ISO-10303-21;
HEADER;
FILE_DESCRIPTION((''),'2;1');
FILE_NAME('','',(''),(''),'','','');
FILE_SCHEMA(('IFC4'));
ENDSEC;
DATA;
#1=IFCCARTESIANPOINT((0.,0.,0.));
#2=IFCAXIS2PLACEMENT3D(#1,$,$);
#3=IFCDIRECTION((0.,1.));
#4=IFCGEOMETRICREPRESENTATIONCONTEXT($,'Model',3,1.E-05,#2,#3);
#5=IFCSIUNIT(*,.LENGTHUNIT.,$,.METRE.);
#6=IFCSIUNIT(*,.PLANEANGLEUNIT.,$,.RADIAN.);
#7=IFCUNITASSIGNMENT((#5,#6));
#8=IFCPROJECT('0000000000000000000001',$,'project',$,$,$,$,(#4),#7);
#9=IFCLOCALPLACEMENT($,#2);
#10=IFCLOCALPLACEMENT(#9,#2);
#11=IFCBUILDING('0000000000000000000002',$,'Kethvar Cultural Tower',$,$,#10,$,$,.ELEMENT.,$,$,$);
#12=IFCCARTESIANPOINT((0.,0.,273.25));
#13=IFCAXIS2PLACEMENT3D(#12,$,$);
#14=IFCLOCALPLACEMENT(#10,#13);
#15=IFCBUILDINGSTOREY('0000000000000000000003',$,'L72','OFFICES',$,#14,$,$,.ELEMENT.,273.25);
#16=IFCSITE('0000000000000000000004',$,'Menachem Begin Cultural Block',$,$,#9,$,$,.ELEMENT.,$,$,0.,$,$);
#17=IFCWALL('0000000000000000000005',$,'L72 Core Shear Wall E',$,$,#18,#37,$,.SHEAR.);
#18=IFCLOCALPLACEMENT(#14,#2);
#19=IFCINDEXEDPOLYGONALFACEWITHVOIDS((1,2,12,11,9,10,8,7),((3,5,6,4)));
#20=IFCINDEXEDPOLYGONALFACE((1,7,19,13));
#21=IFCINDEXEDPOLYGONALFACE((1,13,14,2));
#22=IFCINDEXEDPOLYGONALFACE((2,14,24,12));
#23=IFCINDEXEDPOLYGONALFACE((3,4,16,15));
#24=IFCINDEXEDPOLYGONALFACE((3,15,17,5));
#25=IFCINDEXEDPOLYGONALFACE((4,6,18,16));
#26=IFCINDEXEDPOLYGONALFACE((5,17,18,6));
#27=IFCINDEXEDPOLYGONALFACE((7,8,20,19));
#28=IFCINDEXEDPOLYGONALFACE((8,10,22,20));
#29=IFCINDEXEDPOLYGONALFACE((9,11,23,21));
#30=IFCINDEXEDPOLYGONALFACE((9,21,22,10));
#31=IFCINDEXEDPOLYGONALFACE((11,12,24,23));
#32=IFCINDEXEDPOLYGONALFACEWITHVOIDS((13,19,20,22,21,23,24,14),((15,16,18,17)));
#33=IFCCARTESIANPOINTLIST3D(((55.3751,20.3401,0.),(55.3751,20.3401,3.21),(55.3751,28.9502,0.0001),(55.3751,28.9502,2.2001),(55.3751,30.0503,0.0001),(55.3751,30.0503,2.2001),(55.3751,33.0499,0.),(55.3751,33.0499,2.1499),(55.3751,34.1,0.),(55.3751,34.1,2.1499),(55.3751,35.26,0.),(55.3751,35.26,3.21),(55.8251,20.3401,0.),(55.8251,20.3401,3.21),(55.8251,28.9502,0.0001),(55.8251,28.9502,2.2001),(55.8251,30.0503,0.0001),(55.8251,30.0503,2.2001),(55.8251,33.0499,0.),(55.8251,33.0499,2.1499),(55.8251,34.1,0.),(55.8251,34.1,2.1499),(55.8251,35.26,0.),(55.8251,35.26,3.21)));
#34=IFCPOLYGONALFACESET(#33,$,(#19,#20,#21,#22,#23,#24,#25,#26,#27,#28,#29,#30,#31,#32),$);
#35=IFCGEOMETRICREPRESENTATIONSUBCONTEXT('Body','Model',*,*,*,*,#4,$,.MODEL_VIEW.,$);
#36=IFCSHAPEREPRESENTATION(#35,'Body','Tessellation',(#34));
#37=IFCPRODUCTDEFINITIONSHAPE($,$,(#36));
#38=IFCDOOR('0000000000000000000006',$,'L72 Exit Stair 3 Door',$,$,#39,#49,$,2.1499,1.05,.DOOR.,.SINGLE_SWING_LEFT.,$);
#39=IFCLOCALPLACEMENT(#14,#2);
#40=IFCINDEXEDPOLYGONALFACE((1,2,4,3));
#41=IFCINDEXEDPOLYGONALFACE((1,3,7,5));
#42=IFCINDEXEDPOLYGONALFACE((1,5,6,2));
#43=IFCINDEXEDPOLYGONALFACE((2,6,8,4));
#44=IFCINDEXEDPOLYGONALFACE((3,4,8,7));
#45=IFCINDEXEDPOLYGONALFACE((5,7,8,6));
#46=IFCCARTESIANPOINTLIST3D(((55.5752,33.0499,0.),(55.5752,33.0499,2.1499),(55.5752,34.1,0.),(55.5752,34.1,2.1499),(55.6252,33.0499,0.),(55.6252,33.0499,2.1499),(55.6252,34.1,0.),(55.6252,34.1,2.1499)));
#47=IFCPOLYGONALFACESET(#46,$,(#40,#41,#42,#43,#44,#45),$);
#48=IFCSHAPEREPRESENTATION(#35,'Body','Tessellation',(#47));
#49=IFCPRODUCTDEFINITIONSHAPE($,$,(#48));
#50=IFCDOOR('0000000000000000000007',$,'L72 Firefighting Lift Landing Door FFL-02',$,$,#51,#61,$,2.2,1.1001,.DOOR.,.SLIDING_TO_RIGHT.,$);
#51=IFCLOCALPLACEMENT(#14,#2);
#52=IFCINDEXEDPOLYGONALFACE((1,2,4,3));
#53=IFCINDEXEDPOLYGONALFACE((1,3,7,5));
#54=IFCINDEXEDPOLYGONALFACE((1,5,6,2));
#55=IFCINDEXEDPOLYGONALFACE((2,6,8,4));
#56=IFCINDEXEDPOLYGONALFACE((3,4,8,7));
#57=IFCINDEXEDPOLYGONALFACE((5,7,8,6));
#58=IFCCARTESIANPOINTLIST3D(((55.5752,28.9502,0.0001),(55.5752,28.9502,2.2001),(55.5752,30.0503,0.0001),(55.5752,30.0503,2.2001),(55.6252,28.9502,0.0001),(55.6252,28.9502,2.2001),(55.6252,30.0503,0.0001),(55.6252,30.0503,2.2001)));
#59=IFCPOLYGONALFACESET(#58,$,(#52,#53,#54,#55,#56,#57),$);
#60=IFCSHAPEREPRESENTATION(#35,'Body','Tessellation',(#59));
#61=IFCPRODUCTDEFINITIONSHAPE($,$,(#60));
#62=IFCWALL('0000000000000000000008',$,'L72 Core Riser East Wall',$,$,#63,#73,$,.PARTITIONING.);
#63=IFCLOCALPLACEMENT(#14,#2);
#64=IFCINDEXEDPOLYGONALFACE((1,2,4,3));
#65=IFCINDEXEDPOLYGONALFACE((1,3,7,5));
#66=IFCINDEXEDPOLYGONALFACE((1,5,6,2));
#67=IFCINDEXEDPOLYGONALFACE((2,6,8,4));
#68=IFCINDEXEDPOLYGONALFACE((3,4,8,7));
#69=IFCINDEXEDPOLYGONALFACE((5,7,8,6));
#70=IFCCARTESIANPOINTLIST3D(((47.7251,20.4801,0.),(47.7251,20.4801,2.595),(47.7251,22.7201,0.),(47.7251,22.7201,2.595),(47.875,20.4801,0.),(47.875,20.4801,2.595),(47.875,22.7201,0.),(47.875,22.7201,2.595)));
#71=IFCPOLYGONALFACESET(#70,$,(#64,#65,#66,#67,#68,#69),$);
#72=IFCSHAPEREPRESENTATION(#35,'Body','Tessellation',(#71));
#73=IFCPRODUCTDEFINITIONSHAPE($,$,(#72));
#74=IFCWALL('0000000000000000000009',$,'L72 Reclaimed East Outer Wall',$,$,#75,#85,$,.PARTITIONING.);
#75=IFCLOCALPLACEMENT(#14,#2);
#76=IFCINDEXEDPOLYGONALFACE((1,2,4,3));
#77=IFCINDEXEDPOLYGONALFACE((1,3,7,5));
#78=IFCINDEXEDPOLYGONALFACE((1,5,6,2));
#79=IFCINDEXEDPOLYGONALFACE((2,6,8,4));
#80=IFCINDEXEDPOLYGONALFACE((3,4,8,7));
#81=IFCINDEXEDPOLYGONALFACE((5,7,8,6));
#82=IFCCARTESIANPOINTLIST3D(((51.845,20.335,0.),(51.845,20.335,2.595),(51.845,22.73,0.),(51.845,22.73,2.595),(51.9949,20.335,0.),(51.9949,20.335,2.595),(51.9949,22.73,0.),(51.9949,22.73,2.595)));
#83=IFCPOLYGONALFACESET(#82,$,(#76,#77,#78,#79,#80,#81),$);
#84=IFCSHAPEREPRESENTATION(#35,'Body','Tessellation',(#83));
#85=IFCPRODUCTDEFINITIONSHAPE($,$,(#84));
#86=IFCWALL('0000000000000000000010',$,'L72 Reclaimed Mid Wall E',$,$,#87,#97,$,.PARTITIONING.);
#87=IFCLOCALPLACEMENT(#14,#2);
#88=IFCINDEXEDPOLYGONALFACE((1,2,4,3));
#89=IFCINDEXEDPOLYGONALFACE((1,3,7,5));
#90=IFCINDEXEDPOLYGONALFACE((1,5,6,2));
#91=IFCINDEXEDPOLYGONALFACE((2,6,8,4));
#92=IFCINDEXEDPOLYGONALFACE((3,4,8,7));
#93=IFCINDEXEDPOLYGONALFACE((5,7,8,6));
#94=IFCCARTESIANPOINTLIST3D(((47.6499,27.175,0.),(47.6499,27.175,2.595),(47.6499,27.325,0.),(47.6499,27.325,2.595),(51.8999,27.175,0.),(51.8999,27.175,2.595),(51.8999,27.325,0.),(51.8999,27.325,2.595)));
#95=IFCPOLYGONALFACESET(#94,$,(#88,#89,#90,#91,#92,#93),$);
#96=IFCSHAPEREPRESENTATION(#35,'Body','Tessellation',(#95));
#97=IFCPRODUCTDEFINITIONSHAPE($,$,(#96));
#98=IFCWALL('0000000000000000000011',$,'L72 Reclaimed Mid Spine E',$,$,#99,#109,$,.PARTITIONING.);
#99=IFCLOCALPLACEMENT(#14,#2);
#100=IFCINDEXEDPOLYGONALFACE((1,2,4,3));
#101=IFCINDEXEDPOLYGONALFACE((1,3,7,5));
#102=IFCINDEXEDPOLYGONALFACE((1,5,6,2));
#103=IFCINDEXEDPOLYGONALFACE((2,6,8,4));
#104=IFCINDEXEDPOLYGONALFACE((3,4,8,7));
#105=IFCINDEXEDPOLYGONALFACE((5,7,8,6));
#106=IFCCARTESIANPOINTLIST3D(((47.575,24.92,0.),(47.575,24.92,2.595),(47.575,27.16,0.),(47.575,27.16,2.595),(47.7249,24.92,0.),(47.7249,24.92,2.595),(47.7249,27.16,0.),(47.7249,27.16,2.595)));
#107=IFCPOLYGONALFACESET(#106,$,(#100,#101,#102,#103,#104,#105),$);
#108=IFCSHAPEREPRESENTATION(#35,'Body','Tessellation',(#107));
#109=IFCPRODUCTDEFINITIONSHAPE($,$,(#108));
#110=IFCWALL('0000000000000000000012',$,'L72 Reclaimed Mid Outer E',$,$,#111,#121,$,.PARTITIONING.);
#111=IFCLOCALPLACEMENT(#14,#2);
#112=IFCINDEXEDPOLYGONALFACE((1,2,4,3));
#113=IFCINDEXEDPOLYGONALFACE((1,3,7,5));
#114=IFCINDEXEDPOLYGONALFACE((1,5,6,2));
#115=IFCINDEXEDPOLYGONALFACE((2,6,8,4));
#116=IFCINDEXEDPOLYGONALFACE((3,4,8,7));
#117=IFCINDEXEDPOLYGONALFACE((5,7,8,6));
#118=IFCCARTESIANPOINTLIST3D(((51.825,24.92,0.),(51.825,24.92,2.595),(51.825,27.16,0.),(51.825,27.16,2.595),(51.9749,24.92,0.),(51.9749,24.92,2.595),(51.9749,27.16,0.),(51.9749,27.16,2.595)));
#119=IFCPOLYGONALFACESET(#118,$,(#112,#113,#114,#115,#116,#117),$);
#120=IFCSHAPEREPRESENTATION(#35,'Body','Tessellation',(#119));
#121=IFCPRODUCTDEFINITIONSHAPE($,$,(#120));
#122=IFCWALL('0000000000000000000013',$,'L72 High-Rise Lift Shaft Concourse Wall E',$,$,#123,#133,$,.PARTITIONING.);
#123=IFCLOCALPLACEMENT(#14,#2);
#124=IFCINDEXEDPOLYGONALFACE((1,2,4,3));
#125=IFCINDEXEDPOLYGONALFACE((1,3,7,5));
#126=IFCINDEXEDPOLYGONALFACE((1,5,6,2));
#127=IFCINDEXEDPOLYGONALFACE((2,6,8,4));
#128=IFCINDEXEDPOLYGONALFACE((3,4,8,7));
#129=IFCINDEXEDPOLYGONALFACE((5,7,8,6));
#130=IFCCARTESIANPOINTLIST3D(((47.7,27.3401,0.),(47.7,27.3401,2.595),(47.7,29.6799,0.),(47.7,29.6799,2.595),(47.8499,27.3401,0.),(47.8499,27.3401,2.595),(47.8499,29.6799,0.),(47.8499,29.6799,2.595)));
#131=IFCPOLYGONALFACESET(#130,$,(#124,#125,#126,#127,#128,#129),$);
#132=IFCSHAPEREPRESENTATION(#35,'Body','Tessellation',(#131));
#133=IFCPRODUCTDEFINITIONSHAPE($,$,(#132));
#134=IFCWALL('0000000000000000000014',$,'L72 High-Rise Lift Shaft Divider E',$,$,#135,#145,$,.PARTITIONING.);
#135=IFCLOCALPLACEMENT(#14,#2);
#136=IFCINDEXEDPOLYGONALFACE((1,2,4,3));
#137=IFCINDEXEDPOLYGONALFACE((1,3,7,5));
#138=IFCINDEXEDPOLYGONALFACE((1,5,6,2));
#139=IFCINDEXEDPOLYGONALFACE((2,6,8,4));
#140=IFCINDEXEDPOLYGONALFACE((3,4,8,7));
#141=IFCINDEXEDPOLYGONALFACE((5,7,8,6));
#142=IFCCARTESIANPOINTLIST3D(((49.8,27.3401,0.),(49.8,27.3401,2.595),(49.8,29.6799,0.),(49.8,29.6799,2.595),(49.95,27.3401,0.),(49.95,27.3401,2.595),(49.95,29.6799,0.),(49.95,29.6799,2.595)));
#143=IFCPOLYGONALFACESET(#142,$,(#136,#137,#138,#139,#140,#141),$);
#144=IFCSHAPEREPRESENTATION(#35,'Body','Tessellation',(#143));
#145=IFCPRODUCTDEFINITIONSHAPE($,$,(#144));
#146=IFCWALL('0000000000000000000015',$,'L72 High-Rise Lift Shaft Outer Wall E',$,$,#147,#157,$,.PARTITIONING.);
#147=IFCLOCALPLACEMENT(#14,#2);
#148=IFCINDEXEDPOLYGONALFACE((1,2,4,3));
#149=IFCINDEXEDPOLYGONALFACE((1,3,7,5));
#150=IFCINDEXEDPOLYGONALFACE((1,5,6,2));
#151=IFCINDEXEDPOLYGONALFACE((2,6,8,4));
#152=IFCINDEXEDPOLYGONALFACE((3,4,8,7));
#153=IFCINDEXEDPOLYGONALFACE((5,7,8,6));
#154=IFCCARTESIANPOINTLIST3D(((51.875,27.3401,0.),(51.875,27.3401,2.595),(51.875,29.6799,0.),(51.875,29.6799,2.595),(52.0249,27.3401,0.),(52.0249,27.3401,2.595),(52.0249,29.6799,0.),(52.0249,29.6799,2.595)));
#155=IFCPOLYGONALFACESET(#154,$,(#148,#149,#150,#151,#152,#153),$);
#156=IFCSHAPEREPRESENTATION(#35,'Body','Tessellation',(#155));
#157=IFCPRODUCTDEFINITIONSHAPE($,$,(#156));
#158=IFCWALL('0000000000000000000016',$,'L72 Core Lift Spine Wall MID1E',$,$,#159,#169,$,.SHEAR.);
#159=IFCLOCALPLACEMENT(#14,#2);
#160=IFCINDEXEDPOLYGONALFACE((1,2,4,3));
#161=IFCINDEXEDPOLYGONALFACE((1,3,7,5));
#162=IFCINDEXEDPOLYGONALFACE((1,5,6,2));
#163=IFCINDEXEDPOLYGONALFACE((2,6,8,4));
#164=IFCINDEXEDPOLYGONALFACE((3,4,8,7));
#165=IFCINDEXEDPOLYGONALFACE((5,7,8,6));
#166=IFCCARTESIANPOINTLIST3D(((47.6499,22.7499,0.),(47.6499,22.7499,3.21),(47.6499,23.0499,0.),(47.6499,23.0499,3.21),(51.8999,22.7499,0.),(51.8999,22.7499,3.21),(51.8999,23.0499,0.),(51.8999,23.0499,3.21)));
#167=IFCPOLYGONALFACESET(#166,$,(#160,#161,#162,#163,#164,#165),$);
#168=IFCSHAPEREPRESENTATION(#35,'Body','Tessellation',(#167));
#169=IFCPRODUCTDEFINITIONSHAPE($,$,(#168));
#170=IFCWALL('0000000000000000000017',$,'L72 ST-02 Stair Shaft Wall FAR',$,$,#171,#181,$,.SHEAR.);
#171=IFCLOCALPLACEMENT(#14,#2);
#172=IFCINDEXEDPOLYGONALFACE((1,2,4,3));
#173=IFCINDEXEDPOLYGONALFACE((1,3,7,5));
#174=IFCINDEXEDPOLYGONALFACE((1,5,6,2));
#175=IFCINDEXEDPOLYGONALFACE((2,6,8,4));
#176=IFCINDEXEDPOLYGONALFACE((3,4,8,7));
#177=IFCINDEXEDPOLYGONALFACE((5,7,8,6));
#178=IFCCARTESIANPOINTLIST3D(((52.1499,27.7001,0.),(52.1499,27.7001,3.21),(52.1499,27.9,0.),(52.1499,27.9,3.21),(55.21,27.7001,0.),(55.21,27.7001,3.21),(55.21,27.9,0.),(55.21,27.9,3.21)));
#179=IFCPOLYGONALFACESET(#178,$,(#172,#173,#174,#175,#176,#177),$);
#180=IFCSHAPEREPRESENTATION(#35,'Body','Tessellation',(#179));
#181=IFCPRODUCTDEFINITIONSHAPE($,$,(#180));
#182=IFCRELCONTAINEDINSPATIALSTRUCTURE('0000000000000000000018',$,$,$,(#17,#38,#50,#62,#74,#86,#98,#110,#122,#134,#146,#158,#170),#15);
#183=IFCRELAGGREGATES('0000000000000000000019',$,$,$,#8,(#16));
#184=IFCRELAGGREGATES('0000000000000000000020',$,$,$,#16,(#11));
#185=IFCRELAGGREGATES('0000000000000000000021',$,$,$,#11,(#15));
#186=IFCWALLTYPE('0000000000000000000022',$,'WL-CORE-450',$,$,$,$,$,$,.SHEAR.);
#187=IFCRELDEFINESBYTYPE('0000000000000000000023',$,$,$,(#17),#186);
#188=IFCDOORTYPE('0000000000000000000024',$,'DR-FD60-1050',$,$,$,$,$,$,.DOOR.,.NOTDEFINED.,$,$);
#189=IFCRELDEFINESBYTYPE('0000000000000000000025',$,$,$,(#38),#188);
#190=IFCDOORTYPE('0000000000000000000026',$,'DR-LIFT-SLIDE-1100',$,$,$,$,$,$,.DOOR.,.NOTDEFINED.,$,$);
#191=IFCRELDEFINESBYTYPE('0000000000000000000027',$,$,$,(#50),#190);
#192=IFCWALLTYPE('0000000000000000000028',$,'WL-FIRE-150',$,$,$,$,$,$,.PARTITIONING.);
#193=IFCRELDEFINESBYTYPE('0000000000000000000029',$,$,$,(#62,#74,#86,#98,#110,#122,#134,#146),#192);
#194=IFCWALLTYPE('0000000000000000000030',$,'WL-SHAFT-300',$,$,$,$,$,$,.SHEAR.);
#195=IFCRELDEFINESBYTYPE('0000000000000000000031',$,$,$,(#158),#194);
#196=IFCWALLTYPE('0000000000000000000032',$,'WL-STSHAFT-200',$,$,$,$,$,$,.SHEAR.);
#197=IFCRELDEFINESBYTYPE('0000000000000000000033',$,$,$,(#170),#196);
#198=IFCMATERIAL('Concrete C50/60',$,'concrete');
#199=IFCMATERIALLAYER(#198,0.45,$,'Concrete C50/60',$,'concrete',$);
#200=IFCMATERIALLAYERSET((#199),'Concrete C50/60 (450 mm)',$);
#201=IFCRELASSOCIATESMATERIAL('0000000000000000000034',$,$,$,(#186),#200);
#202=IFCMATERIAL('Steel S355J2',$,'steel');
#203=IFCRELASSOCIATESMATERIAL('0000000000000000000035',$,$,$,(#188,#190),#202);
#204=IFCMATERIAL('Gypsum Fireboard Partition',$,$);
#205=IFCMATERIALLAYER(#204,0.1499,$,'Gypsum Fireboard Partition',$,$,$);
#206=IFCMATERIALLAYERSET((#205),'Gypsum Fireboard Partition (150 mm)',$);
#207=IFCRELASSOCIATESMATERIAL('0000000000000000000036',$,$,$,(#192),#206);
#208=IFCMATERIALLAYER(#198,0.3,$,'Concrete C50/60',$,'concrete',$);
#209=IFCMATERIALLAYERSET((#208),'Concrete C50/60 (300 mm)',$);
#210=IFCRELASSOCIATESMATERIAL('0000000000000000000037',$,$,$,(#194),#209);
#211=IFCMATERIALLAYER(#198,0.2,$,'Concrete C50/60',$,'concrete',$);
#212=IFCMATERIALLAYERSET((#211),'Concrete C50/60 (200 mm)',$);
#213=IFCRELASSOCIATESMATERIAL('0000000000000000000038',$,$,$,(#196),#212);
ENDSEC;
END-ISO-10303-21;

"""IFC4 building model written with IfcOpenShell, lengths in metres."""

from ifc_helpers import new_model, si_unit, direction, frame, frame_2d, origin, place, context, subcontext, project, spatial, rectangle, extrude, source, transform, mapped, material, layer, layer_set, type_object, element, fill, save


model = new_model("IFC4")

# Units and contexts
model_context = context("Model", 3, precision=1e-05, world=origin(), true_north=direction((0.0, 1.0)))
body_context = subcontext(model_context, "Body", "Model", "MODEL_VIEW")
ifc_project = project(units=[si_unit("LENGTHUNIT", "METRE"), si_unit("PLANEANGLEUNIT", "RADIAN")], contexts=[model_context])

# Site, building, storey
site_placement = place(None, origin())
site = spatial("IfcSite", under=ifc_project, at=site_placement, Name="Menachem Begin Cultural Block", CompositionType="ELEMENT", RefElevation=0.0)
building_placement = place(site_placement, origin())
building = spatial("IfcBuilding", under=site, at=building_placement, Name="Kethvar Cultural Tower", CompositionType="ELEMENT")
storey_placement = place(building_placement, frame((0.0, 0.0, 273.25)))
storey = spatial("IfcBuildingStorey", under=building, at=storey_placement, Name="L72", Description="OFFICES", CompositionType="ELEMENT", Elevation=273.25)

# Shared definitions
ifc_material_1 = material(Name="Steel S355J2", Category="steel")

# Wall, openings, doors
ifc_material_2 = material(Name="Concrete C50/60", Category="concrete")
ifc_layer_1 = layer(ifc_material_2, 0.45, Name="Concrete C50/60", Category="concrete")
ifc_layer_set_1 = layer_set([ifc_layer_1], Name="Concrete C50/60 (450 mm)")
wall_type_1 = type_object("IfcWallType", Name="WL-CORE-450", PredefinedType="SHEAR", material=ifc_layer_set_1)
wall_1_placement = place(storey_placement, frame((55.6001, 20.3401, 0.0), z_axis=(0.0, 0.0, 1.0), x_axis=(0.0, 1.0, 0.0)))
wall_1 = element("IfcWall", 1, at=wall_1_placement, inside=storey, type_object=wall_type_1, Name="L72 Core Shear Wall E", PredefinedType="SHEAR", context=body_context, shape_type="SweptSolid", body=[
    extrude(rectangle(XDim=14.9199, YDim=0.45, at=frame_2d((7.46, 0.0))), origin(), (0.0, 0.0, 1.0), 3.21),
])
opening_1_placement = place(wall_1_placement, frame((12.71, 0.0, 0.0)))
opening_1 = element("IfcOpeningElement", 2, at=opening_1_placement, cuts=wall_1, PredefinedType="OPENING", context=body_context, shape_type="SweptSolid", body=[
    extrude(rectangle(XDim=1.05, YDim=2.1499, at=frame_2d((0.5249, 1.075))), frame((0.0, 0.2349, 0.0), z_axis=(0.0, -1.0, 0.0), x_axis=(1.0, 0.0, 0.0)), (0.0, 0.0, 1.0), 0.47),
])
opening_2_placement = place(wall_1_placement, frame((8.6101, 0.0, 0.0)))
opening_2 = element("IfcOpeningElement", 3, at=opening_2_placement, cuts=wall_1, PredefinedType="OPENING", context=body_context, shape_type="SweptSolid", body=[
    extrude(rectangle(XDim=1.1001, YDim=2.2, at=frame_2d((0.55, 1.1001))), frame((0.0, 0.2349, 0.0), z_axis=(0.0, -1.0, 0.0), x_axis=(1.0, 0.0, 0.0)), (0.0, 0.0, 1.0), 0.47),
])
door_type_1 = type_object("IfcDoorType", Name="DR-FD60-1050", OperationType="NOTDEFINED", PredefinedType="DOOR", material=ifc_material_1)
shared_shape_1 = source(origin(), body_context, "Body", "SweptSolid", [
    extrude(rectangle(XDim=1.05, YDim=2.1499, at=frame_2d((0.5249, 1.075))), frame((0.0, 0.0249, 0.0), z_axis=(0.0, -1.0, 0.0), x_axis=(1.0, 0.0, 0.0)), (0.0, 0.0, 1.0), 0.05),
])
door_1_placement = place(opening_1_placement, origin())
door_1 = element("IfcDoor", 4, at=door_1_placement, inside=storey, type_object=door_type_1, Name="L72 Exit Stair 3 Door", OperationType="SINGLE_SWING_LEFT", OverallHeight=2.1499, OverallWidth=1.05, PredefinedType="DOOR", context=body_context, shape_type="MappedRepresentation", body=[
    mapped(shared_shape_1, transform((0.0, 0.0, 0.0), scale=1.0)),
])
fill(opening_1, door_1)
door_type_2 = type_object("IfcDoorType", Name="DR-LIFT-SLIDE-1100", OperationType="NOTDEFINED", PredefinedType="DOOR", material=ifc_material_1)
shared_shape_2 = source(origin(), body_context, "Body", "SweptSolid", [
    extrude(rectangle(XDim=1.1001, YDim=2.2, at=frame_2d((0.55, 1.1001))), frame((0.0, 0.0249, 0.0), z_axis=(0.0, -1.0, 0.0), x_axis=(1.0, 0.0, 0.0)), (0.0, 0.0, 1.0), 0.05),
])
door_2_placement = place(opening_2_placement, origin())
door_2 = element("IfcDoor", 5, at=door_2_placement, inside=storey, type_object=door_type_2, Name="L72 Firefighting Lift Landing Door FFL-02", OperationType="SLIDING_TO_RIGHT", OverallHeight=2.2, OverallWidth=1.1001, PredefinedType="DOOR", context=body_context, shape_type="MappedRepresentation", body=[
    mapped(shared_shape_2, transform((0.0, 0.0, 0.0), scale=1.0)),
])
fill(opening_2, door_2)

# Walls
ifc_material_3 = material(Name="Gypsum Fireboard Partition")
ifc_layer_2 = layer(ifc_material_3, 0.1499, Name="Gypsum Fireboard Partition")
ifc_layer_set_2 = layer_set([ifc_layer_2], Name="Gypsum Fireboard Partition (150 mm)")
wall_type_2 = type_object("IfcWallType", Name="WL-FIRE-150", PredefinedType="PARTITIONING", material=ifc_layer_set_2)
wall_2_placement = place(storey_placement, frame((47.8, 20.48, 0.0), z_axis=(0.0, 0.0, 1.0), x_axis=(0.0, 1.0, 0.0)))
element("IfcWall", 6, at=wall_2_placement, inside=storey, type_object=wall_type_2, Name="L72 Core Riser East Wall", PredefinedType="PARTITIONING", context=body_context, shape_type="SweptSolid", body=[
    extrude(rectangle(XDim=2.24, YDim=0.1499, at=frame_2d((1.1201, 0.0))), origin(), (0.0, 0.0, 1.0), 2.595),
])
wall_3_placement = place(storey_placement, frame((51.9199, 20.335, 0.0), z_axis=(0.0, 0.0, 1.0), x_axis=(0.0, 1.0, 0.0)))
element("IfcWall", 7, at=wall_3_placement, inside=storey, type_object=wall_type_2, Name="L72 Reclaimed East Outer Wall", PredefinedType="PARTITIONING", context=body_context, shape_type="SweptSolid", body=[
    extrude(rectangle(XDim=2.395, YDim=0.1499, at=frame_2d((1.1975, 0.0))), origin(), (0.0, 0.0, 1.0), 2.595),
])
wall_4_placement = place(storey_placement, frame((47.6499, 27.25, 0.0), z_axis=(0.0, 0.0, 1.0), x_axis=(1.0, 0.0, 0.0)))
element("IfcWall", 8, at=wall_4_placement, inside=storey, type_object=wall_type_2, Name="L72 Reclaimed Mid Wall E", PredefinedType="PARTITIONING", context=body_context, shape_type="SweptSolid", body=[
    extrude(rectangle(XDim=4.25, YDim=0.1499, at=frame_2d((2.125, 0.0))), origin(), (0.0, 0.0, 1.0), 2.595),
])
for number, where, z_axis, x_axis, name in (
    (9, (47.6499, 24.9199, 0.0), (0.0, 0.0, 1.0), (0.0, 1.0, 0.0), "L72 Reclaimed Mid Spine E"),
    (10, (51.8999, 24.9199, 0.0), (0.0, 0.0, 1.0), (0.0, 1.0, 0.0), "L72 Reclaimed Mid Outer E"),
):
    element("IfcWall", number, at=place(storey_placement, frame(where, z_axis=z_axis, x_axis=x_axis)), inside=storey, type_object=wall_type_2, Name=name, PredefinedType="PARTITIONING", context=body_context, shape_type="SweptSolid", body=[
        extrude(rectangle(XDim=2.24, YDim=0.1499, at=frame_2d((1.1201, 0.0))), origin(), (0.0, 0.0, 1.0), 2.595),
    ])
for number, where, z_axis, x_axis, name in (
    (11, (47.7749, 27.3401, 0.0), (0.0, 0.0, 1.0), (0.0, 1.0, 0.0), "L72 High-Rise Lift Shaft Concourse Wall E"),
    (12, (49.875, 27.3401, 0.0), (0.0, 0.0, 1.0), (0.0, 1.0, 0.0), "L72 High-Rise Lift Shaft Divider E"),
    (13, (51.95, 27.3401, 0.0), (0.0, 0.0, 1.0), (0.0, 1.0, 0.0), "L72 High-Rise Lift Shaft Outer Wall E"),
):
    element("IfcWall", number, at=place(storey_placement, frame(where, z_axis=z_axis, x_axis=x_axis)), inside=storey, type_object=wall_type_2, Name=name, PredefinedType="PARTITIONING", context=body_context, shape_type="SweptSolid", body=[
        extrude(rectangle(XDim=2.3398, YDim=0.1499, at=frame_2d((1.1699, 0.0))), origin(), (0.0, 0.0, 1.0), 2.595),
    ])
ifc_layer_3 = layer(ifc_material_2, 0.3, Name="Concrete C50/60", Category="concrete")
ifc_layer_set_3 = layer_set([ifc_layer_3], Name="Concrete C50/60 (300 mm)")
wall_type_3 = type_object("IfcWallType", Name="WL-SHAFT-300", PredefinedType="SHEAR", material=ifc_layer_set_3)
wall_5_placement = place(storey_placement, frame((47.6499, 22.8999, 0.0), z_axis=(0.0, 0.0, 1.0), x_axis=(1.0, 0.0, 0.0)))
element("IfcWall", 14, at=wall_5_placement, inside=storey, type_object=wall_type_3, Name="L72 Core Lift Spine Wall MID1E", PredefinedType="SHEAR", context=body_context, shape_type="SweptSolid", body=[
    extrude(rectangle(XDim=4.25, YDim=0.3, at=frame_2d((2.125, 0.0))), origin(), (0.0, 0.0, 1.0), 3.21),
])

# Wall
ifc_layer_4 = layer(ifc_material_2, 0.2, Name="Concrete C50/60", Category="concrete")
ifc_layer_set_4 = layer_set([ifc_layer_4], Name="Concrete C50/60 (200 mm)")
wall_type_4 = type_object("IfcWallType", Name="WL-STSHAFT-200", PredefinedType="SHEAR", material=ifc_layer_set_4)
wall_6_placement = place(storey_placement, frame((52.1499, 27.8, 0.0), z_axis=(0.0, 0.0, 1.0), x_axis=(1.0, 0.0, 0.0)))
element("IfcWall", 15, at=wall_6_placement, inside=storey, type_object=wall_type_4, Name="L72 ST-02 Stair Shaft Wall FAR", PredefinedType="SHEAR", context=body_context, shape_type="SweptSolid", body=[
    extrude(rectangle(XDim=3.0601, YDim=0.2, at=frame_2d((1.53, 0.0))), origin(), (0.0, 0.0, 1.0), 3.21),
])

save(model, "model.ifc")
